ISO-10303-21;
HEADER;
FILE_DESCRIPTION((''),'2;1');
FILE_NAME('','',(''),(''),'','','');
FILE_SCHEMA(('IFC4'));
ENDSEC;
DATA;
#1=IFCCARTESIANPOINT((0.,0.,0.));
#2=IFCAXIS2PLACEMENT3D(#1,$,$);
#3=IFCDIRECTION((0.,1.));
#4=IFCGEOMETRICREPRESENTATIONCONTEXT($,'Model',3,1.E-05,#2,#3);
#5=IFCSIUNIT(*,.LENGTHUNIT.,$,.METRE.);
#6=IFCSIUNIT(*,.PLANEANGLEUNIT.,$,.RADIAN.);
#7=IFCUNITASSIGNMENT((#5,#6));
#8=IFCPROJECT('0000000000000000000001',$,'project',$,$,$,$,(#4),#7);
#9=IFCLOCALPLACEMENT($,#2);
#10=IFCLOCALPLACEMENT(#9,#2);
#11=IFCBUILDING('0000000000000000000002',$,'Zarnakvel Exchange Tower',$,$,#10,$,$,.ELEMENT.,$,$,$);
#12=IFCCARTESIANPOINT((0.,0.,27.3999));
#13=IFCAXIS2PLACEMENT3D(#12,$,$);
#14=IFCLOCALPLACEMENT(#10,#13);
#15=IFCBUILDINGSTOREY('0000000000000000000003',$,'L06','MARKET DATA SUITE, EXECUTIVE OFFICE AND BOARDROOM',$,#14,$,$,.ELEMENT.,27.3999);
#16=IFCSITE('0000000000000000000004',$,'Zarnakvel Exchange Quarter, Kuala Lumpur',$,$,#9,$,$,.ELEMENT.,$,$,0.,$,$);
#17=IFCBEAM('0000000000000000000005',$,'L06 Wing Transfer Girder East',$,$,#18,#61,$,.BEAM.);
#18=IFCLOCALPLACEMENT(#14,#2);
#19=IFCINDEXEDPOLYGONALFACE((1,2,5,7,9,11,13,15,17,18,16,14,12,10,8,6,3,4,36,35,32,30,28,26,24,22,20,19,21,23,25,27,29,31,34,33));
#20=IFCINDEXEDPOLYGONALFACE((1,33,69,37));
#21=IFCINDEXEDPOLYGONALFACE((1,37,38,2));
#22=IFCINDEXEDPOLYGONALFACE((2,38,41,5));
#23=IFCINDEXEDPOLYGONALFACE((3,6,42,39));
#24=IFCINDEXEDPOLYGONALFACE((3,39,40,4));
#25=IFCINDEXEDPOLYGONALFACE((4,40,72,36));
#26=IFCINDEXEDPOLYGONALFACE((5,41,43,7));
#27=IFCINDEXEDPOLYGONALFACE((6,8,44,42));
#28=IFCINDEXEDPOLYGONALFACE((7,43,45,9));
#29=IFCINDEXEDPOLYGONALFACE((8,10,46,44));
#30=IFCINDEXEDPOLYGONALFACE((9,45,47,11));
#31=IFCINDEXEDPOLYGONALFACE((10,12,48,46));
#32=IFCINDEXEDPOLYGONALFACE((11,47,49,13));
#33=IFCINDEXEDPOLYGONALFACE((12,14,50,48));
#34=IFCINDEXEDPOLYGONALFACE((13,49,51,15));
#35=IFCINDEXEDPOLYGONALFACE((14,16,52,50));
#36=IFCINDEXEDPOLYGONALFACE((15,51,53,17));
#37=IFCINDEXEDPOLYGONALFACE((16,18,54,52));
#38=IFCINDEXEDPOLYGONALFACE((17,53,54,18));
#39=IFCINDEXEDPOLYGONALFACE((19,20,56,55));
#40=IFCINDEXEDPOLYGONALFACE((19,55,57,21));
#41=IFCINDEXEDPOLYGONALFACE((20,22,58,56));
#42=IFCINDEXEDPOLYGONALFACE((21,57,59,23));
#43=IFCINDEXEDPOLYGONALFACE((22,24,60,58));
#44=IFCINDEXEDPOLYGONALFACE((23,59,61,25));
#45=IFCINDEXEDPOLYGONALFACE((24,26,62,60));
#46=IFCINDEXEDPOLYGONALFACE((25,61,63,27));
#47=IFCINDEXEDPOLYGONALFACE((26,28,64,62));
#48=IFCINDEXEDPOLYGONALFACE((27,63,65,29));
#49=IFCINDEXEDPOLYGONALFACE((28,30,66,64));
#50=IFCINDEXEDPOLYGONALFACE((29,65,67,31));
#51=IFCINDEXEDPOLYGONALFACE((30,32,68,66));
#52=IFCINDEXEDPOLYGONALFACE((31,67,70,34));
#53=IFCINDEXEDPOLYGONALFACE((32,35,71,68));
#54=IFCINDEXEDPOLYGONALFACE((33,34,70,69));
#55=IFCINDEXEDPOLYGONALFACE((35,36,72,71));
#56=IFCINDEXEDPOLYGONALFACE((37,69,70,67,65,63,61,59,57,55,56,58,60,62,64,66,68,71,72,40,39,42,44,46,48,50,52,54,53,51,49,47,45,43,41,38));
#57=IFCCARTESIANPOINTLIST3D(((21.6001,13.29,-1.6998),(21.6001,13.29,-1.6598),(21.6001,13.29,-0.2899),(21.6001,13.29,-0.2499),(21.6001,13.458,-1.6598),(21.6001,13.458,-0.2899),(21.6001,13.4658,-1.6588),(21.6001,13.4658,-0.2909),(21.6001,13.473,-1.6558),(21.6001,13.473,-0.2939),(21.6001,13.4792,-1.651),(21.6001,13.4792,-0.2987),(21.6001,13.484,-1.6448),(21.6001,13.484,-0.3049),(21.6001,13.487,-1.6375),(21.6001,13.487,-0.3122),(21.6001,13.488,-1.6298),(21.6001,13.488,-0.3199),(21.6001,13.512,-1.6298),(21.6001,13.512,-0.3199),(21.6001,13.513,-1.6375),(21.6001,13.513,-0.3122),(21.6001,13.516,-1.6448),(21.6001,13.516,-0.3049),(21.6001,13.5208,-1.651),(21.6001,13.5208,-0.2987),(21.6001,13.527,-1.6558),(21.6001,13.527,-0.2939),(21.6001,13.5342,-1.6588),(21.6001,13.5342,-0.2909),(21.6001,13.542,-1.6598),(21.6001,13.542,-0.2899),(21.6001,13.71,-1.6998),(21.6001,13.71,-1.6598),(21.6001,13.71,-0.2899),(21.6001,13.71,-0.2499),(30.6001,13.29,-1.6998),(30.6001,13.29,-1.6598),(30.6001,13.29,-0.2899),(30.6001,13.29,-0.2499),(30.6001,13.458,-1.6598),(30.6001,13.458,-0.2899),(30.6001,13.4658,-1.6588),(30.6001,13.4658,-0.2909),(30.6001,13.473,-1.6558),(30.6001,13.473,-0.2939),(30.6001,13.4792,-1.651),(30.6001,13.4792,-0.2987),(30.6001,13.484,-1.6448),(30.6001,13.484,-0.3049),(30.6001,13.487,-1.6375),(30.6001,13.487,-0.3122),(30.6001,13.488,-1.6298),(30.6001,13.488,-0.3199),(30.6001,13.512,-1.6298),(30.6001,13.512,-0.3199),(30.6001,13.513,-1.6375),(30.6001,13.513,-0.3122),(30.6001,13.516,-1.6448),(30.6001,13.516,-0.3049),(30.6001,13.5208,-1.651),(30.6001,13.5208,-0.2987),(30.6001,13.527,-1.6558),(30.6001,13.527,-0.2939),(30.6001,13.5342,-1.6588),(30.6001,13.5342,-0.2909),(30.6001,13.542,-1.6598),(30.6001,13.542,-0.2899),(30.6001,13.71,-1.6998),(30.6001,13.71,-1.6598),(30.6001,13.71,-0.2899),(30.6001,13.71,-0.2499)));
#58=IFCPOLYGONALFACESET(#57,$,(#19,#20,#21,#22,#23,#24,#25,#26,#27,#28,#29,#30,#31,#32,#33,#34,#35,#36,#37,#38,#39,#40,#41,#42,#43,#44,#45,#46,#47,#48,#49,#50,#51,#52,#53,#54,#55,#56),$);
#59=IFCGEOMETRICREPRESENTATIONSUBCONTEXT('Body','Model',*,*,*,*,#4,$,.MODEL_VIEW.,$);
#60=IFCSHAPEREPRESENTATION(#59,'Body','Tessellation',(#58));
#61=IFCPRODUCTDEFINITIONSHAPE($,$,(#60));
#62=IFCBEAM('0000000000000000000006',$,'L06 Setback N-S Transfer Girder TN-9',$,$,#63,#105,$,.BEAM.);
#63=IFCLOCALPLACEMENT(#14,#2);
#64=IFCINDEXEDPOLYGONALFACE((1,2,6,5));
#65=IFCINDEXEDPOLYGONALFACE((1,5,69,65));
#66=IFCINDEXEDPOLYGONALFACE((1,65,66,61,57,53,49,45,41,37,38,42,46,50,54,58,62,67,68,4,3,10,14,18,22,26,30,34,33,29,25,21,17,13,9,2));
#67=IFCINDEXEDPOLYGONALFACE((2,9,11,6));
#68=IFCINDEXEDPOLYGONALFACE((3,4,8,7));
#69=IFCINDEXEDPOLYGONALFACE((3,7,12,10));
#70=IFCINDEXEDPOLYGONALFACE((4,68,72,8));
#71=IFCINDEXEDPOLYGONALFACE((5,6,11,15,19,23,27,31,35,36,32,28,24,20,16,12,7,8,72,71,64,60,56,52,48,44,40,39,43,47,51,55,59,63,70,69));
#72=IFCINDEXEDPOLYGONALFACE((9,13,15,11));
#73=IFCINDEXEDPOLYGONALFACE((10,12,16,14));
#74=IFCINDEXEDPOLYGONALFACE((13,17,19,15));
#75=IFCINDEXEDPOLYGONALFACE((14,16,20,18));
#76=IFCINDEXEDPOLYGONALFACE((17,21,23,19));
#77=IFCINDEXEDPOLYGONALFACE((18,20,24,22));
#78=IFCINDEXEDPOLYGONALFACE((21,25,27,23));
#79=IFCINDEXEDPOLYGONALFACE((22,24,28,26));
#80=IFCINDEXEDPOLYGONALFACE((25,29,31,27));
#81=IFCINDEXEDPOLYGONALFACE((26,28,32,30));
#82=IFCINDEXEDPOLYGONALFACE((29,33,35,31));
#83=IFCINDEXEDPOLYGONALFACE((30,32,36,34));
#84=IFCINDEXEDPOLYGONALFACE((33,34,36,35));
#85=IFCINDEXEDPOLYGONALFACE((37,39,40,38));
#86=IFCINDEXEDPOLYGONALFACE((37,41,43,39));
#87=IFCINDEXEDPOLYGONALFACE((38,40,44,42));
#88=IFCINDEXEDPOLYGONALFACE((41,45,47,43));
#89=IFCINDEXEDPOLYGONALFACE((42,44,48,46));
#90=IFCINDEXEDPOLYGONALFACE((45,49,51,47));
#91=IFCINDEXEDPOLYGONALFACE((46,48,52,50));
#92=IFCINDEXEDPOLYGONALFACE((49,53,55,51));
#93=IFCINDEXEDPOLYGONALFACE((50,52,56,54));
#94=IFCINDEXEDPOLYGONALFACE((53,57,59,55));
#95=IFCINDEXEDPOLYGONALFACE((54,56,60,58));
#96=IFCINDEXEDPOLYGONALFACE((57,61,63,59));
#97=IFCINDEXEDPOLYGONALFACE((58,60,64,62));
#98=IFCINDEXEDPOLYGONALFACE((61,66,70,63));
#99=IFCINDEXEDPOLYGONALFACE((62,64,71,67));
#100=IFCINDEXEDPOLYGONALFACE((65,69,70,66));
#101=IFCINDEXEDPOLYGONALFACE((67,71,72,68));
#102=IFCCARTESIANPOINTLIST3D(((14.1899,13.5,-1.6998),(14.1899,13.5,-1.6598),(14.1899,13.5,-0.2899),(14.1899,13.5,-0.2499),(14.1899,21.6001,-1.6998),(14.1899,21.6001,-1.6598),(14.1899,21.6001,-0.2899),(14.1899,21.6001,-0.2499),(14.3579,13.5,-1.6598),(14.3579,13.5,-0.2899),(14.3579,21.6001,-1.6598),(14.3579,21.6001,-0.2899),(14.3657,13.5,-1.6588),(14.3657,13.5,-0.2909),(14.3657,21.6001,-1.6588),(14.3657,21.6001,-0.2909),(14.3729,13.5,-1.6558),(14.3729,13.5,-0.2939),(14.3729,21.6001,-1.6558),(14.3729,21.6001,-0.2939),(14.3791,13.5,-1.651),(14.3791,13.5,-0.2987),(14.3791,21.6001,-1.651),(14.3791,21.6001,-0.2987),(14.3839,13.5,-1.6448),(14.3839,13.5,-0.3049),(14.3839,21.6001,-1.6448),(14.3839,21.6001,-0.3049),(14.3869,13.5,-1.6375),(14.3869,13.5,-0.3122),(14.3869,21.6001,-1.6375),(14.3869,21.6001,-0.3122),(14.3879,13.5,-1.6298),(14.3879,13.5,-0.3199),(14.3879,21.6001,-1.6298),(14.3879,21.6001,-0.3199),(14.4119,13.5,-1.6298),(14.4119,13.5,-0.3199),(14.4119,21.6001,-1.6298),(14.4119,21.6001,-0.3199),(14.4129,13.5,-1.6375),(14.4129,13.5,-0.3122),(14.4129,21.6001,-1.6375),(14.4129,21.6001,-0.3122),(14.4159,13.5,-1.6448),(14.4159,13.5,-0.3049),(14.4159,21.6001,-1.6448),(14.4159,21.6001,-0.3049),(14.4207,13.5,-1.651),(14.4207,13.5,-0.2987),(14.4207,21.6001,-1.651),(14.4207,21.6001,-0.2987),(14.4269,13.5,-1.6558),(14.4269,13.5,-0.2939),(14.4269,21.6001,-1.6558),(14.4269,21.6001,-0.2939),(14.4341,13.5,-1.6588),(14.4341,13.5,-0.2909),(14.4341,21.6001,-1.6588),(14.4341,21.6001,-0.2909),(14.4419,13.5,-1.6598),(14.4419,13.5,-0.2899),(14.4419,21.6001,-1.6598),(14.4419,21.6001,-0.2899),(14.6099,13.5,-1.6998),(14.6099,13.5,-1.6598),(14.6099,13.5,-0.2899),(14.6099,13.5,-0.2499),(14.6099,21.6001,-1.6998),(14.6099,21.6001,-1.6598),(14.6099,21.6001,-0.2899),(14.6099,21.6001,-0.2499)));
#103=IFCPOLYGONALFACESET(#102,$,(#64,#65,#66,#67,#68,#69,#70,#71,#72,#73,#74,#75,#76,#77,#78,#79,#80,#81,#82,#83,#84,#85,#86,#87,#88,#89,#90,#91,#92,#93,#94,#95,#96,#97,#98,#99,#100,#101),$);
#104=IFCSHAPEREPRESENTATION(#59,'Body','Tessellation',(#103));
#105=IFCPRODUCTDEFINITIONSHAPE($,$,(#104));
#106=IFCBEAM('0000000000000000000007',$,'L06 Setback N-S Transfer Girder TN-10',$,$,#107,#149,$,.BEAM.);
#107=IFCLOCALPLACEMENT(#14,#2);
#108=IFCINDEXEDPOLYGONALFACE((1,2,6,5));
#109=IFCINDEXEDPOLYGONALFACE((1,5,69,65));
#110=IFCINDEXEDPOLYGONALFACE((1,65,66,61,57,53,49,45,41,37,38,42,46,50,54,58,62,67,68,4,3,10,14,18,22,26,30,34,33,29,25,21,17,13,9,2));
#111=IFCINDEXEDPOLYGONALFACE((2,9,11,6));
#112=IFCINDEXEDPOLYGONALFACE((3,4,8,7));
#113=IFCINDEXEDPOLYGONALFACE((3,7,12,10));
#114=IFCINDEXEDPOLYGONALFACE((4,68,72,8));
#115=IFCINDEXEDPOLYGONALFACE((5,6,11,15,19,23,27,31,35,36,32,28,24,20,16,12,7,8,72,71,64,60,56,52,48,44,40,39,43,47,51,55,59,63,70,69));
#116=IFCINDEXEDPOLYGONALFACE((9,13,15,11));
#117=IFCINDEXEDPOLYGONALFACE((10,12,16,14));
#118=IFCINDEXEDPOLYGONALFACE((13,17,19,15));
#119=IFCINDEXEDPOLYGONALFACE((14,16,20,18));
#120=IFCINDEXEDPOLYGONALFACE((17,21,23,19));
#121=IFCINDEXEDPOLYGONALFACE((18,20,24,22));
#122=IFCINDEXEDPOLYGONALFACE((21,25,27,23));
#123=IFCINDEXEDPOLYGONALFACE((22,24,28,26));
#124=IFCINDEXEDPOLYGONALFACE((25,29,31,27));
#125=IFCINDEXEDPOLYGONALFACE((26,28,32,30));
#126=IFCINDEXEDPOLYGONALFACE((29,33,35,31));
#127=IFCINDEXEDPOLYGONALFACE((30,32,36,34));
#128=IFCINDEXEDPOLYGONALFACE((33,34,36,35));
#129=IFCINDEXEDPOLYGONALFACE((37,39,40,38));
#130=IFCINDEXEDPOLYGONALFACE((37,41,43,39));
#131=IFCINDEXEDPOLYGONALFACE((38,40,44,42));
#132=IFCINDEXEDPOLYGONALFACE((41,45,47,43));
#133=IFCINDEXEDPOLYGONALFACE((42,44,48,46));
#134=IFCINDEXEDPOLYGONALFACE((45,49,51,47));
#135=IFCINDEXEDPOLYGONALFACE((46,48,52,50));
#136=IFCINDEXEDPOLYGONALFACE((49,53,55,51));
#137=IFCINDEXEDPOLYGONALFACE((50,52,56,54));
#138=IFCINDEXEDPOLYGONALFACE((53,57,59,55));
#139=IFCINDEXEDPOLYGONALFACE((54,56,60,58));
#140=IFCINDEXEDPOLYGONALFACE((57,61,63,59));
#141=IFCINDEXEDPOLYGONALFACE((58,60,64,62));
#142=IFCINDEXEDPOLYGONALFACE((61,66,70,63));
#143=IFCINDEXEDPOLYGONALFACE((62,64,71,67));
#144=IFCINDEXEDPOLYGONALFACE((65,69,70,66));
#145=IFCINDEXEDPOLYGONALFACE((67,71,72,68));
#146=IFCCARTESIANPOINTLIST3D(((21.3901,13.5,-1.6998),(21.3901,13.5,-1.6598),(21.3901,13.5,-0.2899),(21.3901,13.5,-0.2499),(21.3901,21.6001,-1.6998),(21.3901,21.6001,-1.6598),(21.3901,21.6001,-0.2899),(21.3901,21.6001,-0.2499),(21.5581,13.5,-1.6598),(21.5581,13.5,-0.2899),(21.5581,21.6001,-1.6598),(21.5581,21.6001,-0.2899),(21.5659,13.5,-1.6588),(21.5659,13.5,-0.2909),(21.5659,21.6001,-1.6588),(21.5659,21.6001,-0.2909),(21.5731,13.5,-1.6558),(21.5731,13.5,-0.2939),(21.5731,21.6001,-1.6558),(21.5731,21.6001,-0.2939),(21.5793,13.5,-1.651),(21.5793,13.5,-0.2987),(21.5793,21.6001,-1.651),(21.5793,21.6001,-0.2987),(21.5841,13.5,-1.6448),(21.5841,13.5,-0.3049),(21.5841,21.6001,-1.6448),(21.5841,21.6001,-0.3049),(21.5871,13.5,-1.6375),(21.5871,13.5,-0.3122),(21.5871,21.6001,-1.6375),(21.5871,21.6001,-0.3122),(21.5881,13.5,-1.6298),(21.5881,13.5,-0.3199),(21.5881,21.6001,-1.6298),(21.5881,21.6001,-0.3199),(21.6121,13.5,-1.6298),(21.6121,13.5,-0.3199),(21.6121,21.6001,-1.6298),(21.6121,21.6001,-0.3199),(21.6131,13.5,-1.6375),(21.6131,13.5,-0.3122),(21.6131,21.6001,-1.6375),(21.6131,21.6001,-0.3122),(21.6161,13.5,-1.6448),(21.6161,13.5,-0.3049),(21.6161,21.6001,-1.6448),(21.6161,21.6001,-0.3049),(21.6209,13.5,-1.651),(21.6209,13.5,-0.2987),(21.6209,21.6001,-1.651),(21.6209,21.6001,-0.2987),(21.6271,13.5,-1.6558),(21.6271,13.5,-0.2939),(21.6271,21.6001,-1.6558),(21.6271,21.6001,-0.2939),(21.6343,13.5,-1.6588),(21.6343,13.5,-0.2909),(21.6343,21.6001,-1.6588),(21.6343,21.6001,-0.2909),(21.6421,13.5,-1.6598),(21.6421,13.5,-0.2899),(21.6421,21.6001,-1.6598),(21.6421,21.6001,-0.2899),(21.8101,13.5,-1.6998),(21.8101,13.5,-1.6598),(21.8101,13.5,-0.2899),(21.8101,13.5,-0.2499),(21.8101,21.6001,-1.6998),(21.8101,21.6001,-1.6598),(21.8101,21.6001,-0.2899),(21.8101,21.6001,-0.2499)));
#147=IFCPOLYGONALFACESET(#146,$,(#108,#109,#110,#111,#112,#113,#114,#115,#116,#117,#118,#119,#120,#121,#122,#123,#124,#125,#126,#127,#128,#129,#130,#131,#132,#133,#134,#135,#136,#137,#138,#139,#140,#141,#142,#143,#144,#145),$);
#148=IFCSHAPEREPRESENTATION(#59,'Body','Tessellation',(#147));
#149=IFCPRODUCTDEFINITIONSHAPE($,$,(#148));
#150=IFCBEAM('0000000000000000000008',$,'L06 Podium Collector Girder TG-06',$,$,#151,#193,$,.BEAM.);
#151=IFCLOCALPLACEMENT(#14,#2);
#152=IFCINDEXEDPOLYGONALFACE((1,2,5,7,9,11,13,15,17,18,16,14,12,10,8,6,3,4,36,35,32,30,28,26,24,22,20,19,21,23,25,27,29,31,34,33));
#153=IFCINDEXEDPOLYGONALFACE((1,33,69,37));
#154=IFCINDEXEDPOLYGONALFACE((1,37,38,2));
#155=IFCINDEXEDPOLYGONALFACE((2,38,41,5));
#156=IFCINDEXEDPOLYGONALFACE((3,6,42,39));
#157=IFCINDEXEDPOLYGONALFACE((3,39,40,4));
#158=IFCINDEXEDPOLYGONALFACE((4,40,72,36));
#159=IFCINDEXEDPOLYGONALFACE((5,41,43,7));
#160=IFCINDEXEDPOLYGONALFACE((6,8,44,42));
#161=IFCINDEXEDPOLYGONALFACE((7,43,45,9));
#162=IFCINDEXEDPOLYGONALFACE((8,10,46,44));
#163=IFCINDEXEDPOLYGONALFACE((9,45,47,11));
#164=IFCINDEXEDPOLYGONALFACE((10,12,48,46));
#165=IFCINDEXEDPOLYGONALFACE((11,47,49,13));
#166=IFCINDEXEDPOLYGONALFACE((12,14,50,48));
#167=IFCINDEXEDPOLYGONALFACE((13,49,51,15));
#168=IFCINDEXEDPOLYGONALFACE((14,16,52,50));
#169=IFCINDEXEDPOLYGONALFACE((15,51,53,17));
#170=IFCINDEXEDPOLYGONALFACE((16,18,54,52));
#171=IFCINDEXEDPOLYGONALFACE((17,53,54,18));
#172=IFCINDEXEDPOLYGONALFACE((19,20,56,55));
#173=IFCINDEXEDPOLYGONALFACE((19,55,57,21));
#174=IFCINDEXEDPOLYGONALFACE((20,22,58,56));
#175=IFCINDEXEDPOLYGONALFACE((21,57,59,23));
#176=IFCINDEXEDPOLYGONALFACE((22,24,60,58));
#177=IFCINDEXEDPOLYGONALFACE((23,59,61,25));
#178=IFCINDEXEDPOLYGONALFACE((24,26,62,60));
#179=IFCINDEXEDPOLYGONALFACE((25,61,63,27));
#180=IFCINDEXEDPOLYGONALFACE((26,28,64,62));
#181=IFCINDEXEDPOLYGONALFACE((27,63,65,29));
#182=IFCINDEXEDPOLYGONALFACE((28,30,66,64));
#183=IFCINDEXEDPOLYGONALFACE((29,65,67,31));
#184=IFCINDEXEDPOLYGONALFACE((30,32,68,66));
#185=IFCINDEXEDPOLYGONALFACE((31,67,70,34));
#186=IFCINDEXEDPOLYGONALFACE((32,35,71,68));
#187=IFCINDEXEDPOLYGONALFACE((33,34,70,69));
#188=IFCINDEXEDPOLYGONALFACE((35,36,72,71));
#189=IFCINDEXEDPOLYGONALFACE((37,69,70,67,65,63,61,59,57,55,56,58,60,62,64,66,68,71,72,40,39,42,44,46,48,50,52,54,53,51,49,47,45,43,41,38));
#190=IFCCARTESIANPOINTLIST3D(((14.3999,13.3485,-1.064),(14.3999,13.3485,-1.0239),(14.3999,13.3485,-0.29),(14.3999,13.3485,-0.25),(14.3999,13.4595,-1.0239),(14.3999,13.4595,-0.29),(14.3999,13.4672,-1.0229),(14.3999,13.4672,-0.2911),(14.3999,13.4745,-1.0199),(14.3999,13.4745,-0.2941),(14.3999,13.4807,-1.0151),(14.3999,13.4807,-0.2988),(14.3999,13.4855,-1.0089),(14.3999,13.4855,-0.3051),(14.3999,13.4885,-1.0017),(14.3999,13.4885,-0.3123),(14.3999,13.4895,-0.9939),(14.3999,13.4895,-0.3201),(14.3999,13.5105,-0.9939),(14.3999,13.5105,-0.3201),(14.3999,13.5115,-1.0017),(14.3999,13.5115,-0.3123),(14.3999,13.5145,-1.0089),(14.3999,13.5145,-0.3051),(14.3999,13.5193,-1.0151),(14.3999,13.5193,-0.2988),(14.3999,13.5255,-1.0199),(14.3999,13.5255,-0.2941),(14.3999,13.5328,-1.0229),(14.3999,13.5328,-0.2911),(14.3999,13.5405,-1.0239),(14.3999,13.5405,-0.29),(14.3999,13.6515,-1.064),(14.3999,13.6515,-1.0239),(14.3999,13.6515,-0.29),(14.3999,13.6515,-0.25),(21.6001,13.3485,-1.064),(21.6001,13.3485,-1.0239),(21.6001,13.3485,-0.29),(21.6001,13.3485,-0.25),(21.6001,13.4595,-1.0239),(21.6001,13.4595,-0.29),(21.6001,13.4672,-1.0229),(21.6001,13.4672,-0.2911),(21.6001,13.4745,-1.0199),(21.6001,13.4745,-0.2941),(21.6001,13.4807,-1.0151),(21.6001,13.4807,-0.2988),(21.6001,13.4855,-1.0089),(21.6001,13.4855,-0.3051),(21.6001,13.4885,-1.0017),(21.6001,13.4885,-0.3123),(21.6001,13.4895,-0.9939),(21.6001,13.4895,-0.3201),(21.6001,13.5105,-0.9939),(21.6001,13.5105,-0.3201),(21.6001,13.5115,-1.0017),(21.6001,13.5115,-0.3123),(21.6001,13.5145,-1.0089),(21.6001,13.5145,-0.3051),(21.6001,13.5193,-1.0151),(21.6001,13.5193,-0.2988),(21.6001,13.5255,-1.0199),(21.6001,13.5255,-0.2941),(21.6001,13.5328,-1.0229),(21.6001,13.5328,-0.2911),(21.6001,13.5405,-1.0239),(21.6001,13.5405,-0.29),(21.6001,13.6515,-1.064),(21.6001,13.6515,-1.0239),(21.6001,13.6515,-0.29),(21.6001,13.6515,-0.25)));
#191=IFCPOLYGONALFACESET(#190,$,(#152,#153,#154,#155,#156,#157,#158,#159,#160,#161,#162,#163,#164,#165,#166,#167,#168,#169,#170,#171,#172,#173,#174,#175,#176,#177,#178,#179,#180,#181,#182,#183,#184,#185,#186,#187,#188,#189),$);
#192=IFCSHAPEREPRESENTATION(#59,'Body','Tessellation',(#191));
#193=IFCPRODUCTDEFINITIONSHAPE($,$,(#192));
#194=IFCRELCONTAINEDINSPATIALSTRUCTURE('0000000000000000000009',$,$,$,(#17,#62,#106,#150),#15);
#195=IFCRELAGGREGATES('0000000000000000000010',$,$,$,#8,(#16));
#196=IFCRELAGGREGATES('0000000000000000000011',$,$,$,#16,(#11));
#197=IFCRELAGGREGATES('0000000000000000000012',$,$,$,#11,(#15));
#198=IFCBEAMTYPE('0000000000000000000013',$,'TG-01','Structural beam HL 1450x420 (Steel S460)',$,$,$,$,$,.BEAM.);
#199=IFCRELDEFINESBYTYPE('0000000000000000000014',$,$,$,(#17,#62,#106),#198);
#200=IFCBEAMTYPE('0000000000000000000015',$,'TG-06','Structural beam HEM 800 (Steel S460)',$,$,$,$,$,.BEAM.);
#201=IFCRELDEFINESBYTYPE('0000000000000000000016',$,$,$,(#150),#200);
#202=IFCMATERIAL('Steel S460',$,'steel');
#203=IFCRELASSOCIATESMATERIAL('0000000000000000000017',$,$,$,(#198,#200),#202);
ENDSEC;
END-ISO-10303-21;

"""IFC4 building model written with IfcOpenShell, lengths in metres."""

from ifc_helpers import new_model, si_unit, direction, frame, origin, origin_2d, place, context, subcontext, project, spatial, i_section, extrude, material, material_profile, profile_set, type_object, element, save


model = new_model("IFC4")

# Units and contexts
model_context = context("Model", 3, precision=1e-05, world=origin(), true_north=direction((0.0, 1.0)))
body_context = subcontext(model_context, "Body", "Model", "MODEL_VIEW")
ifc_project = project(units=[si_unit("LENGTHUNIT", "METRE"), si_unit("PLANEANGLEUNIT", "RADIAN")], contexts=[model_context])

# Site, building, storey
site_placement = place(None, origin())
site = spatial("IfcSite", under=ifc_project, at=site_placement, Name="Zarnakvel Exchange Quarter, Kuala Lumpur", CompositionType="ELEMENT", RefElevation=0.0)
building_placement = place(site_placement, origin())
building = spatial("IfcBuilding", under=site, at=building_placement, Name="Zarnakvel Exchange Tower", CompositionType="ELEMENT")
storey_placement = place(building_placement, frame((0.0, 0.0, 27.3999)))
storey = spatial("IfcBuildingStorey", under=building, at=storey_placement, Name="L06", Description="MARKET DATA SUITE, EXECUTIVE OFFICE AND BOARDROOM", CompositionType="ELEMENT", Elevation=27.3999)

# Beams
ifc_material_1 = material(Name="Steel S460", Category="steel")
ifc_material_profile_1 = material_profile(ifc_material_1, i_section(OverallWidth=0.4199, OverallDepth=1.45, WebThickness=0.0239, FlangeThickness=0.04, FilletRadius=0.03, at=origin_2d()))
ifc_profile_set_1 = profile_set([ifc_material_profile_1], Name="Steel S460")
beam_type_1 = type_object("IfcBeamType", Name="TG-01", Description="Structural beam HL 1450x420 (Steel S460)", PredefinedType="BEAM", material=ifc_profile_set_1)
beam_1_placement = place(storey_placement, frame((21.6001, 13.5, -0.9749), z_axis=(1.0, 0.0, 0.0), x_axis=(0.0, 1.0, 0.0)))
element("IfcBeam", 1, at=beam_1_placement, inside=storey, type_object=beam_type_1, Name="L06 Wing Transfer Girder East", PredefinedType="BEAM", context=body_context, shape_type="SweptSolid", body=[
    extrude(i_section(OverallWidth=0.4199, OverallDepth=1.45, WebThickness=0.0239, FlangeThickness=0.04, FilletRadius=0.03, at=origin_2d()), origin(), (0.0, 0.0, 1.0), 9.0),
])
for number, where, z_axis, x_axis, name in (
    (2, (14.3999, 13.5, -0.9749), (0.0, 1.0, 0.0), (-1.0, 0.0, 0.0), "L06 Setback N-S Transfer Girder TN-9"),
    (3, (21.6001, 13.5, -0.9749), (0.0, 1.0, 0.0), (-1.0, 0.0, 0.0), "L06 Setback N-S Transfer Girder TN-10"),
):
    element("IfcBeam", number, at=place(storey_placement, frame(where, z_axis=z_axis, x_axis=x_axis)), inside=storey, type_object=beam_type_1, Name=name, PredefinedType="BEAM", context=body_context, shape_type="SweptSolid", body=[
        extrude(i_section(OverallWidth=0.4199, OverallDepth=1.45, WebThickness=0.0239, FlangeThickness=0.04, FilletRadius=0.03, at=origin_2d()), origin(), (0.0, 0.0, 1.0), 8.1001),
    ])
ifc_material_profile_2 = material_profile(ifc_material_1, i_section(OverallWidth=0.303, OverallDepth=0.814, WebThickness=0.021, FlangeThickness=0.04, FilletRadius=0.03, at=origin_2d()))
ifc_profile_set_2 = profile_set([ifc_material_profile_2], Name="Steel S460")
beam_type_2 = type_object("IfcBeamType", Name="TG-06", Description="Structural beam HEM 800 (Steel S460)", PredefinedType="BEAM", material=ifc_profile_set_2)
beam_2_placement = place(storey_placement, frame((14.3999, 13.5, -0.657), z_axis=(1.0, 0.0, 0.0), x_axis=(0.0, 1.0, 0.0)))
element("IfcBeam", 4, at=beam_2_placement, inside=storey, type_object=beam_type_2, Name="L06 Podium Collector Girder TG-06", PredefinedType="BEAM", context=body_context, shape_type="SweptSolid", body=[
    extrude(i_section(OverallWidth=0.303, OverallDepth=0.814, WebThickness=0.021, FlangeThickness=0.04, FilletRadius=0.03, at=origin_2d()), origin(), (0.0, 0.0, 1.0), 7.2002),
])

save(model, "model.ifc")
